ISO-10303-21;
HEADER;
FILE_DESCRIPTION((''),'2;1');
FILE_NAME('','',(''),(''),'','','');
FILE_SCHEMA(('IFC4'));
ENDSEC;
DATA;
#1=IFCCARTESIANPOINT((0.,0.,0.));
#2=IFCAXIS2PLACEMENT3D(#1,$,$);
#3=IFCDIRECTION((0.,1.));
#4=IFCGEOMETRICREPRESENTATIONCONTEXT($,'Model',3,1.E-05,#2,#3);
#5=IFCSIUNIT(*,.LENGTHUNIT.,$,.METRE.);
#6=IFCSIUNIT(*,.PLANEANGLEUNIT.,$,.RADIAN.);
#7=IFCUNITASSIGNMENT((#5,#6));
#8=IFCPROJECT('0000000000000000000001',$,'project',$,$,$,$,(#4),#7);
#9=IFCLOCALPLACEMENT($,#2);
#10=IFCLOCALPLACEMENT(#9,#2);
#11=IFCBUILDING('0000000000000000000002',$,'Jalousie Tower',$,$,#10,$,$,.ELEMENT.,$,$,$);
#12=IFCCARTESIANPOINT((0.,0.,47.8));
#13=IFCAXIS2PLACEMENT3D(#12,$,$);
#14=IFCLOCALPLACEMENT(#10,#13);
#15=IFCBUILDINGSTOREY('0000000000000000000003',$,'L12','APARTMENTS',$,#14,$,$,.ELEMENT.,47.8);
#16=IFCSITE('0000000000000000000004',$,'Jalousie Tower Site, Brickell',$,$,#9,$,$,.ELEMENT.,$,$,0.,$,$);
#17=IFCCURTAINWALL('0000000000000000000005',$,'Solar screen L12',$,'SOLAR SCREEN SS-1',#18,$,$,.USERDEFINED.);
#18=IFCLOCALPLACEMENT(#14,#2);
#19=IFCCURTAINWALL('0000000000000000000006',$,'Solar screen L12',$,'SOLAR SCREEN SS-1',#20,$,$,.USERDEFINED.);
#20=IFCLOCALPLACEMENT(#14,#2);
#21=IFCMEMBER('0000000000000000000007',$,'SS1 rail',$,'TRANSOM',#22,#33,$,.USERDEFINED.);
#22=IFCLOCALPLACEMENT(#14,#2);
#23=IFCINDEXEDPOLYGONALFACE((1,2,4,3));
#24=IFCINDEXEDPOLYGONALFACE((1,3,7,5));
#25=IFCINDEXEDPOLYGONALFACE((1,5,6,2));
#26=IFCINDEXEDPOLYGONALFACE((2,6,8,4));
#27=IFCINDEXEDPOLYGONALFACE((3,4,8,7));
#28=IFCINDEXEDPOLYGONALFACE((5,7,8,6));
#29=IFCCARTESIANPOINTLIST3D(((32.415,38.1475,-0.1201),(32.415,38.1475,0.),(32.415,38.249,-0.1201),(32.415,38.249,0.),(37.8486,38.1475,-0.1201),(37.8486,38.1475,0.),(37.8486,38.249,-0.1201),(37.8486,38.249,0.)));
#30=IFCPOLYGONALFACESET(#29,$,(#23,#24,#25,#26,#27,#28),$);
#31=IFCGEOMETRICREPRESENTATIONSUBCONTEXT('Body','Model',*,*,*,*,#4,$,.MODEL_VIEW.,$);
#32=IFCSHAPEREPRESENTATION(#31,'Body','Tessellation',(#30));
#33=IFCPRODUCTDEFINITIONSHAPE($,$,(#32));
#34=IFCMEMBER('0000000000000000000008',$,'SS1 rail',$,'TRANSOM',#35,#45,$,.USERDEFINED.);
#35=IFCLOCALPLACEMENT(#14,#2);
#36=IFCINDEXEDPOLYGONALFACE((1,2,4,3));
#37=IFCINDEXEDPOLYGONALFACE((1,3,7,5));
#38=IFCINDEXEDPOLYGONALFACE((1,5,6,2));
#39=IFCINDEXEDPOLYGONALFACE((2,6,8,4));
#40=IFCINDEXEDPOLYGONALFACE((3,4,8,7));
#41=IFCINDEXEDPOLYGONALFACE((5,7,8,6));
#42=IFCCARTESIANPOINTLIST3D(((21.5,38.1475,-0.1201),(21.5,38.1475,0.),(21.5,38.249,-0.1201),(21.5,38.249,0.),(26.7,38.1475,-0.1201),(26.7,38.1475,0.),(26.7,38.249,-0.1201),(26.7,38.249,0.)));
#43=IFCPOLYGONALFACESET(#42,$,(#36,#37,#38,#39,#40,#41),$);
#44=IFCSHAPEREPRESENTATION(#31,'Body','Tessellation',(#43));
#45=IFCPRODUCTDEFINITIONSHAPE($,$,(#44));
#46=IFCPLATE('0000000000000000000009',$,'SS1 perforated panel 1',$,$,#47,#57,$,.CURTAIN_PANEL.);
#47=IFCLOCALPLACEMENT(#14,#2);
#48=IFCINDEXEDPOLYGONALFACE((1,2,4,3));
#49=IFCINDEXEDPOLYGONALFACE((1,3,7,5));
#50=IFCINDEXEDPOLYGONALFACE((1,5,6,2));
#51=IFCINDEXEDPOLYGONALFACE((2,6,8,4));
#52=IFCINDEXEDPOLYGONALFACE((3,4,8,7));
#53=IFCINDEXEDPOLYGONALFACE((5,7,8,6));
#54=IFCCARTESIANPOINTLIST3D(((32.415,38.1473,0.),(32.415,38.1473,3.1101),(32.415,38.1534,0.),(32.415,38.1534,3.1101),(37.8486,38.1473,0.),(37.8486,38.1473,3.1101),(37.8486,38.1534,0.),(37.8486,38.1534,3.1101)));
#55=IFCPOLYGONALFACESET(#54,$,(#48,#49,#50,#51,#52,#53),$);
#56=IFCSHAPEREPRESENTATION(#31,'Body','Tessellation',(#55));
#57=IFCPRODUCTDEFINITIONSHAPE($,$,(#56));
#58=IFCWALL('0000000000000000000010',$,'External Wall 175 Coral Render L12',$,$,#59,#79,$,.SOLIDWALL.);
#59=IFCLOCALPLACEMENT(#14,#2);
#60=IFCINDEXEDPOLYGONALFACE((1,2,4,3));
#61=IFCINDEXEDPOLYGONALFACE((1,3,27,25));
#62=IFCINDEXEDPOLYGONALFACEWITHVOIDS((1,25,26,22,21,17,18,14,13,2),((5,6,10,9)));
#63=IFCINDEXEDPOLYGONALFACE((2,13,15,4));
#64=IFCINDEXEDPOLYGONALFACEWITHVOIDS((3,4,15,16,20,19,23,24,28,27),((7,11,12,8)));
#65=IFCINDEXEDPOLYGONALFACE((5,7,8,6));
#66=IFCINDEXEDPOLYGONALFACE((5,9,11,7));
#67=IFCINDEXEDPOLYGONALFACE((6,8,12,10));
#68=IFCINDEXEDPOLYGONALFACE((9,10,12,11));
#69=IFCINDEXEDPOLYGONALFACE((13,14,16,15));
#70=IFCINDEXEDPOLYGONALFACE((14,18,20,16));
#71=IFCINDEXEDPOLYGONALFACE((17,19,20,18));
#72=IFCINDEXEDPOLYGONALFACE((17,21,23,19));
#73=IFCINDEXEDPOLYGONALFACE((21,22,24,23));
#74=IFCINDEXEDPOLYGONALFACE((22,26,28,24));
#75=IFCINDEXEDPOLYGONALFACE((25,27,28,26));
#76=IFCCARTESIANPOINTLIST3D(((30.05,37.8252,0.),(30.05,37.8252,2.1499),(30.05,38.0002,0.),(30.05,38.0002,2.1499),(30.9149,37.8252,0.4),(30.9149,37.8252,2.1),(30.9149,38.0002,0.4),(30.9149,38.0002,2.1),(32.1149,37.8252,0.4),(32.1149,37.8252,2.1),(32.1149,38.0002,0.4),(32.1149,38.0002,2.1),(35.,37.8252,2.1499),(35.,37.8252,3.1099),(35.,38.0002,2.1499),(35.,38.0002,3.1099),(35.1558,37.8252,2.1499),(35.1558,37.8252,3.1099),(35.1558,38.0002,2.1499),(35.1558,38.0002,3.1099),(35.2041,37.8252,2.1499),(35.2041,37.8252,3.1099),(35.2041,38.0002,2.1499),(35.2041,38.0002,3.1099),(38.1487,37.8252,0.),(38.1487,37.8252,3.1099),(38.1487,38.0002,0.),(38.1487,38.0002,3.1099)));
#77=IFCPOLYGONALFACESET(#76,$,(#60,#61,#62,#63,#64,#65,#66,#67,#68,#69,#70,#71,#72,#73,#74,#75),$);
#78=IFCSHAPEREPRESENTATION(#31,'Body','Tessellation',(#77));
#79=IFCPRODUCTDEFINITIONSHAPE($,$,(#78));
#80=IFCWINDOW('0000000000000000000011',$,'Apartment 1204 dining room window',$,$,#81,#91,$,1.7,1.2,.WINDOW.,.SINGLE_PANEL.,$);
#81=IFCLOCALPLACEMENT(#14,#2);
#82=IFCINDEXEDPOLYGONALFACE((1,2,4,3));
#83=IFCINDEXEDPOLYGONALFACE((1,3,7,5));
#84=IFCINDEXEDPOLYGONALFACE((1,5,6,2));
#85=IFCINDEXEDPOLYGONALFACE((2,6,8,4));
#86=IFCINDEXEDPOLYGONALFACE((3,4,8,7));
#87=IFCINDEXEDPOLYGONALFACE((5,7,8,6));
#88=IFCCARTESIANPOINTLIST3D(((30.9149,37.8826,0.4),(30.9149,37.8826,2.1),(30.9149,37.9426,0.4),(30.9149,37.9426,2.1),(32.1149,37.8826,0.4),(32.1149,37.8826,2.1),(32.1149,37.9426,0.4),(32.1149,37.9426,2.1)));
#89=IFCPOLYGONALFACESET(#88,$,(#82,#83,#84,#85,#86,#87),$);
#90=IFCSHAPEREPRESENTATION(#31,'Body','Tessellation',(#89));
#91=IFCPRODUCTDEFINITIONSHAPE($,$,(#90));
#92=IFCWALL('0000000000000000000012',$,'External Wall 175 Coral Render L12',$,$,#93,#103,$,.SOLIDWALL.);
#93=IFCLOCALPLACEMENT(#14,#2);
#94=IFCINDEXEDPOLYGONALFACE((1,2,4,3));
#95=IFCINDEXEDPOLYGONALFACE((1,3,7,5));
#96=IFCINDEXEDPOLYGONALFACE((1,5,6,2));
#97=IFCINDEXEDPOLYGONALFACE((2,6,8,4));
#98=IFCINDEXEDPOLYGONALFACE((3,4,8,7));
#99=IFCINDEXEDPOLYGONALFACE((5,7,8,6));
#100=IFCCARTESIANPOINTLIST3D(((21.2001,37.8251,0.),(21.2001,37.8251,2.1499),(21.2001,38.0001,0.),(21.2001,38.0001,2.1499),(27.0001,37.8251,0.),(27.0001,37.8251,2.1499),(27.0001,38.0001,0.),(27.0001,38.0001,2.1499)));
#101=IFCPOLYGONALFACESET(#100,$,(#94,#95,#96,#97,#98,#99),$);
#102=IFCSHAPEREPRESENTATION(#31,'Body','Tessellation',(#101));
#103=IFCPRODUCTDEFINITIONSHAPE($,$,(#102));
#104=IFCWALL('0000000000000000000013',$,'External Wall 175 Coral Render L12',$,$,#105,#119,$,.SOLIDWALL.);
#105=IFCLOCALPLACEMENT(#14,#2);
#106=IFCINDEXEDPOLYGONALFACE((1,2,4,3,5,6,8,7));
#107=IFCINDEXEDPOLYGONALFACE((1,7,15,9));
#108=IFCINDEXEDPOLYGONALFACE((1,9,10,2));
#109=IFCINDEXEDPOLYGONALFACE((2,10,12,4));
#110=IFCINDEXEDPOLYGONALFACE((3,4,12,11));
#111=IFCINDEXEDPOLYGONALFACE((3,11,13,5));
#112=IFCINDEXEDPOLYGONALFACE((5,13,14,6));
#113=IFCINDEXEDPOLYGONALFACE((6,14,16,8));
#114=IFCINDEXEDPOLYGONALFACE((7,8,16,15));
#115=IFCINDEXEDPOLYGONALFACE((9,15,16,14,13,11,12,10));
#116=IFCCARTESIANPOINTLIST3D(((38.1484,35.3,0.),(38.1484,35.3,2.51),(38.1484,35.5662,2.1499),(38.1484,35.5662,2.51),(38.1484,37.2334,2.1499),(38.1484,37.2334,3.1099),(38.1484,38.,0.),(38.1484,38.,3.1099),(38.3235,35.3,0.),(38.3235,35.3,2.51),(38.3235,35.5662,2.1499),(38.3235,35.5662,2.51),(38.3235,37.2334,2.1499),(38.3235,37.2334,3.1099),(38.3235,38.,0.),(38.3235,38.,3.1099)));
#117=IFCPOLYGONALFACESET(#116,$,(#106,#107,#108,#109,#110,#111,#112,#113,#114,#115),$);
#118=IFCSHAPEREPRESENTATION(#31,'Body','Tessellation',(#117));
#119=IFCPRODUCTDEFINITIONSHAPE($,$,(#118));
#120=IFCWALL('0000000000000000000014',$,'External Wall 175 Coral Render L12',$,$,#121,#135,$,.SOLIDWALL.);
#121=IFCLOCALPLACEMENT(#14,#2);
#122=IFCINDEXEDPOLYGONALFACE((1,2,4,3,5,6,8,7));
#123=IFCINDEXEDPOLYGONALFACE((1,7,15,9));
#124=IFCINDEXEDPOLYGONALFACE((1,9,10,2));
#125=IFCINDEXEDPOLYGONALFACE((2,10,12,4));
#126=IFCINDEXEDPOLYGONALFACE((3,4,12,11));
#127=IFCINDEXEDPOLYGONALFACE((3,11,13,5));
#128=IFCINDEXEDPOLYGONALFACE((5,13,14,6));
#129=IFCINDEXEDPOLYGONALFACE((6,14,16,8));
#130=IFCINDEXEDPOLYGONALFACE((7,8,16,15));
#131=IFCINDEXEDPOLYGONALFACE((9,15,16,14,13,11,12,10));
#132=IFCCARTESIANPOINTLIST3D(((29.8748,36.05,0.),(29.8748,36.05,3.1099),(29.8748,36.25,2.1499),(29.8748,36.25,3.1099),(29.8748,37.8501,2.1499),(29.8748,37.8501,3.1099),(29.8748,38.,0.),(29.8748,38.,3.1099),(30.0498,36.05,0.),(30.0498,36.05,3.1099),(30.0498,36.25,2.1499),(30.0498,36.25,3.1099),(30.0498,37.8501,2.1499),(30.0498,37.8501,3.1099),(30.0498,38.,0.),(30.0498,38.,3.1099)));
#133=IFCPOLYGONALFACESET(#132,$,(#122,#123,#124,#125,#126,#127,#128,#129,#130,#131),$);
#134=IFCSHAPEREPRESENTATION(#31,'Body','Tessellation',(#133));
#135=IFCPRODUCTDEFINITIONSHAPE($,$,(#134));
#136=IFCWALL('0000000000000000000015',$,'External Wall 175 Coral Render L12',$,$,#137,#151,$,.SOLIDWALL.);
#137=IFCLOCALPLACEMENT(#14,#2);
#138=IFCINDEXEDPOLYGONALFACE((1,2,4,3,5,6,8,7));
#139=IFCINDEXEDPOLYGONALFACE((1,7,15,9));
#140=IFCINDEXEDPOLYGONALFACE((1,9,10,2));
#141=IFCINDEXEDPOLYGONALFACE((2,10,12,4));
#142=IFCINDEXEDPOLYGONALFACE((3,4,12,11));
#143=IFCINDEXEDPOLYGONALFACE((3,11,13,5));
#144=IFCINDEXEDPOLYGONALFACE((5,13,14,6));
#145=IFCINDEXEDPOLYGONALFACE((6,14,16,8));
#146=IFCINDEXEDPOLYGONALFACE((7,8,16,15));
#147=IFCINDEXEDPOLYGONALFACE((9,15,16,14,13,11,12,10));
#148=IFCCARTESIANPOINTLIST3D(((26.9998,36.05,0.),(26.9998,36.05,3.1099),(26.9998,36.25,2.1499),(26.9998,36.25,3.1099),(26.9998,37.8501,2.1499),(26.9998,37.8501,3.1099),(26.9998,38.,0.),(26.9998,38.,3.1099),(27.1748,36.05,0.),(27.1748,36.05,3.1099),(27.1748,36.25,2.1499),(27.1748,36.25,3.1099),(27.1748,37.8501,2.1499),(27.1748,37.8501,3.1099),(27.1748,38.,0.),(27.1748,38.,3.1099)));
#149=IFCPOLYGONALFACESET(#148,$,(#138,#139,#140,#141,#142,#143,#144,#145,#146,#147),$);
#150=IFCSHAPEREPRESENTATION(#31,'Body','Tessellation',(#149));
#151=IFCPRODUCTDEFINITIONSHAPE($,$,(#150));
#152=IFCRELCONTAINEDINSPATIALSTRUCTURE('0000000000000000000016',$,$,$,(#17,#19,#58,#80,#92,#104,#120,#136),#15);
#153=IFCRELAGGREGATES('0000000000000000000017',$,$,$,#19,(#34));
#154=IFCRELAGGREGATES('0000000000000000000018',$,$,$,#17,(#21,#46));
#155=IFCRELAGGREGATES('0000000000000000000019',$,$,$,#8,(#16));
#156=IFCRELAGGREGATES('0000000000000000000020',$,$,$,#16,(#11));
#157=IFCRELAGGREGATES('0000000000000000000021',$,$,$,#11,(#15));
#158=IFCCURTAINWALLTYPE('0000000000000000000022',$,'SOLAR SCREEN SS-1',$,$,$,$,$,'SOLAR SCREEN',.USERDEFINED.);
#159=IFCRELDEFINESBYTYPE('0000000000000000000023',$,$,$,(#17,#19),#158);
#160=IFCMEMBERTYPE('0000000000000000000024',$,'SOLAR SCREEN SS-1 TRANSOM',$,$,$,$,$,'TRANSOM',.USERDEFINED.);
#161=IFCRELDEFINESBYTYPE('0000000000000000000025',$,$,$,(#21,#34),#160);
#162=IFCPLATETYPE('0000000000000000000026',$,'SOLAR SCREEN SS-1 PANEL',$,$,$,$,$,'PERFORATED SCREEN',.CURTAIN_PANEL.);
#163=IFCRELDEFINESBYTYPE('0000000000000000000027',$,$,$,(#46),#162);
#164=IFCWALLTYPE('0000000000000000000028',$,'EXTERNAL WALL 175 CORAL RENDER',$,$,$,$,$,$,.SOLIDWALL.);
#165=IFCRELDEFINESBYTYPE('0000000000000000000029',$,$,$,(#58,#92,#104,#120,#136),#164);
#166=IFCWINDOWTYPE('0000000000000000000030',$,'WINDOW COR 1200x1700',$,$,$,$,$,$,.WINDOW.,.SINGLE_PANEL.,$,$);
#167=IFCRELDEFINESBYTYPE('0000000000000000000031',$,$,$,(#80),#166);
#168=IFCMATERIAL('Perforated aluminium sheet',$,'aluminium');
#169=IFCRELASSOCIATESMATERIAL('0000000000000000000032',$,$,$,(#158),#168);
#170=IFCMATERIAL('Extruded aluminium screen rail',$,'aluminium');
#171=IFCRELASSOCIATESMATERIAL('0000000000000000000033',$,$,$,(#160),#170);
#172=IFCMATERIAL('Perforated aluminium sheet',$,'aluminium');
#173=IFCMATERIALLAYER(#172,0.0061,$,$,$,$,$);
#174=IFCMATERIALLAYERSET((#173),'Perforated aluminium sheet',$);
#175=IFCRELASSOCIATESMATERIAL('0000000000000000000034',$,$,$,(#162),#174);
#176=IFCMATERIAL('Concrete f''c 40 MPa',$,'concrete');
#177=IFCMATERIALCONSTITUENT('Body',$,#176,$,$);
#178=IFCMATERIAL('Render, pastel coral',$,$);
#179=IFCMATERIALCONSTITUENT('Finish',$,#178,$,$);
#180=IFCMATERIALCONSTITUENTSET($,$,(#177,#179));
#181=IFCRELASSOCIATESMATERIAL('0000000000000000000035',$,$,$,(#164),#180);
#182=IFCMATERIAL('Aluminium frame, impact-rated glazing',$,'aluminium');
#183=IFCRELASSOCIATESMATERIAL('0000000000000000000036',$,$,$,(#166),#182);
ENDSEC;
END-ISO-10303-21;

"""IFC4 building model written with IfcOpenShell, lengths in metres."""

from ifc_helpers import new_model, si_unit, direction, frame, frame_2d, origin, origin_2d, place, context, subcontext, project, spatial, polyline, rectangle, outline, extrude, material, layer, layer_set, constituent, constituent_set, material_profile, profile_set, type_object, element, fill, aggregate, save


model = new_model("IFC4")

# Units and contexts
model_context = context("Model", 3, precision=1e-05, world=origin(), true_north=direction((0.0, 1.0)))
body_context = subcontext(model_context, "Body", "Model", "MODEL_VIEW")
ifc_project = project(units=[si_unit("LENGTHUNIT", "METRE"), si_unit("PLANEANGLEUNIT", "RADIAN")], contexts=[model_context])

# Site, building, storey
site_placement = place(None, origin())
site = spatial("IfcSite", under=ifc_project, at=site_placement, Name="Jalousie Tower Site, Brickell", CompositionType="ELEMENT", RefElevation=0.0)
building_placement = place(site_placement, origin())
building = spatial("IfcBuilding", under=site, at=building_placement, Name="Jalousie Tower", CompositionType="ELEMENT")
storey_placement = place(building_placement, frame((0.0, 0.0, 47.8)))
storey = spatial("IfcBuildingStorey", under=building, at=storey_placement, Name="L12", Description="APARTMENTS", CompositionType="ELEMENT", Elevation=47.8)

# Curtain wall
ifc_material_1 = material(Name="Perforated aluminium sheet", Category="aluminium")
curtain_wall_type = type_object("IfcCurtainWallType", Name="SOLAR SCREEN SS-1", ElementType="SOLAR SCREEN", PredefinedType="USERDEFINED", material=ifc_material_1)
curtain_wall_1_placement = place(storey_placement, origin())
curtain_wall_1 = element("IfcCurtainWall", 1, at=curtain_wall_1_placement, inside=storey, type_object=curtain_wall_type, Name="Solar screen L12", ObjectType="SOLAR SCREEN SS-1", PredefinedType="USERDEFINED")

# Curtain wall
curtain_wall_2_placement = place(storey_placement, origin())
curtain_wall_2 = element("IfcCurtainWall", 2, at=curtain_wall_2_placement, inside=storey, type_object=curtain_wall_type, Name="Solar screen L12", ObjectType="SOLAR SCREEN SS-1", PredefinedType="USERDEFINED")

# Members
ifc_material_2 = material(Name="Extruded aluminium screen rail", Category="aluminium")
ifc_material_profile_1 = material_profile(ifc_material_2, rectangle(XDim=0.1016, YDim=0.1201, at=origin_2d()), Name="RAIL 102x120")
ifc_profile_set_1 = profile_set([ifc_material_profile_1], Name="Extruded aluminium screen rail")
member_type_1 = type_object("IfcMemberType", Name="SOLAR SCREEN SS-1 TRANSOM", ElementType="TRANSOM", PredefinedType="USERDEFINED", material=ifc_profile_set_1)
member_1_placement = place(storey_placement, frame((37.8486, 38.1982, -0.0601), z_axis=(-1.0, 0.0, 0.0), x_axis=(0.0, -1.0, 0.0)))
member_1 = element("IfcMember", 3, at=member_1_placement, type_object=member_type_1, Name="SS1 rail", ObjectType="TRANSOM", PredefinedType="USERDEFINED", context=body_context, shape_type="SweptSolid", body=[
    extrude(rectangle(XDim=0.1016, YDim=0.1201, at=origin_2d()), origin(), (0.0, 0.0, 1.0), 5.4336),
])
member_2_placement = place(storey_placement, frame((26.7, 38.1982, -0.0601), z_axis=(-1.0, 0.0, 0.0), x_axis=(0.0, -1.0, 0.0)))
member_2 = element("IfcMember", 4, at=member_2_placement, type_object=member_type_1, Name="SS1 rail", ObjectType="TRANSOM", PredefinedType="USERDEFINED", context=body_context, shape_type="SweptSolid", body=[
    extrude(rectangle(XDim=0.1016, YDim=0.1201, at=origin_2d()), origin(), (0.0, 0.0, 1.0), 5.2),
])
aggregate(curtain_wall_2, [member_2])

# Plate
ifc_material_3 = material(Name="Perforated aluminium sheet", Category="aluminium")
ifc_layer_1 = layer(ifc_material_3, 0.0061)
ifc_layer_set_1 = layer_set([ifc_layer_1], Name="Perforated aluminium sheet")
plate_type = type_object("IfcPlateType", Name="SOLAR SCREEN SS-1 PANEL", ElementType="PERFORATED SCREEN", PredefinedType="CURTAIN_PANEL", material=ifc_layer_set_1)
plate_placement = place(storey_placement, frame((35.1318, 38.1504, 0.0), z_axis=(0.0, 0.0, 1.0), x_axis=(-1.0, 0.0, 0.0)))
plate = element("IfcPlate", 5, at=plate_placement, type_object=plate_type, Name="SS1 perforated panel 1", PredefinedType="CURTAIN_PANEL", context=body_context, shape_type="SweptSolid", body=[
    extrude(rectangle(XDim=5.4336, YDim=0.0061, at=origin_2d()), origin(), (0.0, 0.0, 1.0), 3.1101),
])
aggregate(curtain_wall_1, [member_1, plate])

# Wall, opening, window
ifc_material_4 = material(Name="Concrete f'c 40 MPa", Category="concrete")
ifc_constituent_1 = constituent(ifc_material_4, Name="Body")
ifc_material_5 = material(Name="Render, pastel coral")
ifc_constituent_2 = constituent(ifc_material_5, Name="Finish")
ifc_constituent_set_1 = constituent_set(constituents=[ifc_constituent_1, ifc_constituent_2])
wall_type_1 = type_object("IfcWallType", Name="EXTERNAL WALL 175 CORAL RENDER", PredefinedType="SOLIDWALL", material=ifc_constituent_set_1)
wall_1_placement = place(storey_placement, frame((38.1487, 37.9126, 0.0), z_axis=(0.0, 0.0, 1.0), x_axis=(-1.0, 0.0, 0.0)))
wall_1 = element("IfcWall", 6, at=wall_1_placement, inside=storey, type_object=wall_type_1, Name="External Wall 175 Coral Render L12", PredefinedType="SOLIDWALL", context=body_context, shape_type="SweptSolid", body=[
    extrude(outline(polyline([(0.0, 0.0), (8.0986, 0.0), (8.0986, 2.1499), (3.1487, 2.1499), (3.1487, 3.1099), (2.9929, 3.1099), (2.9929, 2.1499), (2.9446, 2.1499), (2.9446, 3.1099), (0.0, 3.1099), (0.0, 0.0)])), frame((0.0, 0.0874, 0.0), z_axis=(0.0, -1.0, 0.0), x_axis=(1.0, 0.0, 0.0)), (0.0, 0.0, 1.0), 0.175),
])
opening_1_placement = place(wall_1_placement, frame((6.0337, 0.0, 0.3999)))
opening_1 = element("IfcOpeningElement", 7, at=opening_1_placement, cuts=wall_1, PredefinedType="OPENING", context=body_context, shape_type="SweptSolid", body=[
    extrude(rectangle(XDim=1.2, YDim=1.7, at=frame_2d((0.6001, 0.8501))), frame((0.0, 0.0974, 0.0), z_axis=(0.0, -1.0, 0.0), x_axis=(1.0, 0.0, 0.0)), (0.0, 0.0, 1.0), 0.1951),
])
ifc_material_6 = material(Name="Aluminium frame, impact-rated glazing", Category="aluminium")
window_type = type_object("IfcWindowType", Name="WINDOW COR 1200x1700", PartitioningType="SINGLE_PANEL", PredefinedType="WINDOW", material=ifc_material_6)
window_placement = place(opening_1_placement, origin())
window = element("IfcWindow", 8, at=window_placement, inside=storey, type_object=window_type, Name="Apartment 1204 dining room window", OverallHeight=1.7, OverallWidth=1.2, PartitioningType="SINGLE_PANEL", PredefinedType="WINDOW", context=body_context, shape_type="SweptSolid", body=[
    extrude(rectangle(XDim=1.2, YDim=1.7, at=frame_2d((0.6001, 0.8501))), frame((0.0, 0.03, 0.0), z_axis=(0.0, -1.0, 0.0), x_axis=(1.0, 0.0, 0.0)), (0.0, 0.0, 1.0), 0.0601),
])
fill(opening_1, window)

# Walls
wall_2_placement = place(storey_placement, frame((27.0, 37.9126, 0.0), z_axis=(0.0, 0.0, 1.0), x_axis=(-1.0, 0.0, 0.0)))
element("IfcWall", 9, at=wall_2_placement, inside=storey, type_object=wall_type_1, Name="External Wall 175 Coral Render L12", PredefinedType="SOLIDWALL", context=body_context, shape_type="SweptSolid", body=[
    extrude(rectangle(XDim=5.8, YDim=0.175, at=frame_2d((2.8999, 0.0))), origin(), (0.0, 0.0, 1.0), 2.1499),
])
wall_3_placement = place(storey_placement, frame((38.2361, 38.0, 0.0), z_axis=(0.0, 0.0, 1.0), x_axis=(0.0, -1.0, 0.0)))
element("IfcWall", 10, at=wall_3_placement, inside=storey, type_object=wall_type_1, Name="External Wall 175 Coral Render L12", PredefinedType="SOLIDWALL", context=body_context, shape_type="SweptSolid", body=[
    extrude(outline(polyline([(0.0, 0.0), (2.7, 0.0), (2.7, 2.51), (2.4338, 2.51), (2.4338, 2.1499), (0.7666, 2.1499), (0.7666, 3.1099), (0.0, 3.1099), (0.0, 0.0)])), frame((0.0, 0.0874, 0.0), z_axis=(0.0, -1.0, 0.0), x_axis=(1.0, 0.0, 0.0)), (0.0, 0.0, 1.0), 0.175),
])
for number, where, z_axis, x_axis, name in (
    (11, (29.9624, 38.0, 0.0), (0.0, 0.0, 1.0), (0.0, -1.0, 0.0), "External Wall 175 Coral Render L12"),
    (12, (27.0874, 38.0, 0.0), (0.0, 0.0, 1.0), (0.0, -1.0, 0.0), "External Wall 175 Coral Render L12"),
):
    element("IfcWall", number, at=place(storey_placement, frame(where, z_axis=z_axis, x_axis=x_axis)), inside=storey, type_object=wall_type_1, Name=name, PredefinedType="SOLIDWALL", context=body_context, shape_type="SweptSolid", body=[
        extrude(outline(polyline([(0.0, 0.0), (1.95, 0.0), (1.95, 3.1099), (1.75, 3.1099), (1.75, 2.1499), (0.1499, 2.1499), (0.1499, 3.1099), (0.0, 3.1099), (0.0, 0.0)])), frame((0.0, 0.0874, 0.0), z_axis=(0.0, -1.0, 0.0), x_axis=(1.0, 0.0, 0.0)), (0.0, 0.0, 1.0), 0.175),
    ])

save(model, "model.ifc")
